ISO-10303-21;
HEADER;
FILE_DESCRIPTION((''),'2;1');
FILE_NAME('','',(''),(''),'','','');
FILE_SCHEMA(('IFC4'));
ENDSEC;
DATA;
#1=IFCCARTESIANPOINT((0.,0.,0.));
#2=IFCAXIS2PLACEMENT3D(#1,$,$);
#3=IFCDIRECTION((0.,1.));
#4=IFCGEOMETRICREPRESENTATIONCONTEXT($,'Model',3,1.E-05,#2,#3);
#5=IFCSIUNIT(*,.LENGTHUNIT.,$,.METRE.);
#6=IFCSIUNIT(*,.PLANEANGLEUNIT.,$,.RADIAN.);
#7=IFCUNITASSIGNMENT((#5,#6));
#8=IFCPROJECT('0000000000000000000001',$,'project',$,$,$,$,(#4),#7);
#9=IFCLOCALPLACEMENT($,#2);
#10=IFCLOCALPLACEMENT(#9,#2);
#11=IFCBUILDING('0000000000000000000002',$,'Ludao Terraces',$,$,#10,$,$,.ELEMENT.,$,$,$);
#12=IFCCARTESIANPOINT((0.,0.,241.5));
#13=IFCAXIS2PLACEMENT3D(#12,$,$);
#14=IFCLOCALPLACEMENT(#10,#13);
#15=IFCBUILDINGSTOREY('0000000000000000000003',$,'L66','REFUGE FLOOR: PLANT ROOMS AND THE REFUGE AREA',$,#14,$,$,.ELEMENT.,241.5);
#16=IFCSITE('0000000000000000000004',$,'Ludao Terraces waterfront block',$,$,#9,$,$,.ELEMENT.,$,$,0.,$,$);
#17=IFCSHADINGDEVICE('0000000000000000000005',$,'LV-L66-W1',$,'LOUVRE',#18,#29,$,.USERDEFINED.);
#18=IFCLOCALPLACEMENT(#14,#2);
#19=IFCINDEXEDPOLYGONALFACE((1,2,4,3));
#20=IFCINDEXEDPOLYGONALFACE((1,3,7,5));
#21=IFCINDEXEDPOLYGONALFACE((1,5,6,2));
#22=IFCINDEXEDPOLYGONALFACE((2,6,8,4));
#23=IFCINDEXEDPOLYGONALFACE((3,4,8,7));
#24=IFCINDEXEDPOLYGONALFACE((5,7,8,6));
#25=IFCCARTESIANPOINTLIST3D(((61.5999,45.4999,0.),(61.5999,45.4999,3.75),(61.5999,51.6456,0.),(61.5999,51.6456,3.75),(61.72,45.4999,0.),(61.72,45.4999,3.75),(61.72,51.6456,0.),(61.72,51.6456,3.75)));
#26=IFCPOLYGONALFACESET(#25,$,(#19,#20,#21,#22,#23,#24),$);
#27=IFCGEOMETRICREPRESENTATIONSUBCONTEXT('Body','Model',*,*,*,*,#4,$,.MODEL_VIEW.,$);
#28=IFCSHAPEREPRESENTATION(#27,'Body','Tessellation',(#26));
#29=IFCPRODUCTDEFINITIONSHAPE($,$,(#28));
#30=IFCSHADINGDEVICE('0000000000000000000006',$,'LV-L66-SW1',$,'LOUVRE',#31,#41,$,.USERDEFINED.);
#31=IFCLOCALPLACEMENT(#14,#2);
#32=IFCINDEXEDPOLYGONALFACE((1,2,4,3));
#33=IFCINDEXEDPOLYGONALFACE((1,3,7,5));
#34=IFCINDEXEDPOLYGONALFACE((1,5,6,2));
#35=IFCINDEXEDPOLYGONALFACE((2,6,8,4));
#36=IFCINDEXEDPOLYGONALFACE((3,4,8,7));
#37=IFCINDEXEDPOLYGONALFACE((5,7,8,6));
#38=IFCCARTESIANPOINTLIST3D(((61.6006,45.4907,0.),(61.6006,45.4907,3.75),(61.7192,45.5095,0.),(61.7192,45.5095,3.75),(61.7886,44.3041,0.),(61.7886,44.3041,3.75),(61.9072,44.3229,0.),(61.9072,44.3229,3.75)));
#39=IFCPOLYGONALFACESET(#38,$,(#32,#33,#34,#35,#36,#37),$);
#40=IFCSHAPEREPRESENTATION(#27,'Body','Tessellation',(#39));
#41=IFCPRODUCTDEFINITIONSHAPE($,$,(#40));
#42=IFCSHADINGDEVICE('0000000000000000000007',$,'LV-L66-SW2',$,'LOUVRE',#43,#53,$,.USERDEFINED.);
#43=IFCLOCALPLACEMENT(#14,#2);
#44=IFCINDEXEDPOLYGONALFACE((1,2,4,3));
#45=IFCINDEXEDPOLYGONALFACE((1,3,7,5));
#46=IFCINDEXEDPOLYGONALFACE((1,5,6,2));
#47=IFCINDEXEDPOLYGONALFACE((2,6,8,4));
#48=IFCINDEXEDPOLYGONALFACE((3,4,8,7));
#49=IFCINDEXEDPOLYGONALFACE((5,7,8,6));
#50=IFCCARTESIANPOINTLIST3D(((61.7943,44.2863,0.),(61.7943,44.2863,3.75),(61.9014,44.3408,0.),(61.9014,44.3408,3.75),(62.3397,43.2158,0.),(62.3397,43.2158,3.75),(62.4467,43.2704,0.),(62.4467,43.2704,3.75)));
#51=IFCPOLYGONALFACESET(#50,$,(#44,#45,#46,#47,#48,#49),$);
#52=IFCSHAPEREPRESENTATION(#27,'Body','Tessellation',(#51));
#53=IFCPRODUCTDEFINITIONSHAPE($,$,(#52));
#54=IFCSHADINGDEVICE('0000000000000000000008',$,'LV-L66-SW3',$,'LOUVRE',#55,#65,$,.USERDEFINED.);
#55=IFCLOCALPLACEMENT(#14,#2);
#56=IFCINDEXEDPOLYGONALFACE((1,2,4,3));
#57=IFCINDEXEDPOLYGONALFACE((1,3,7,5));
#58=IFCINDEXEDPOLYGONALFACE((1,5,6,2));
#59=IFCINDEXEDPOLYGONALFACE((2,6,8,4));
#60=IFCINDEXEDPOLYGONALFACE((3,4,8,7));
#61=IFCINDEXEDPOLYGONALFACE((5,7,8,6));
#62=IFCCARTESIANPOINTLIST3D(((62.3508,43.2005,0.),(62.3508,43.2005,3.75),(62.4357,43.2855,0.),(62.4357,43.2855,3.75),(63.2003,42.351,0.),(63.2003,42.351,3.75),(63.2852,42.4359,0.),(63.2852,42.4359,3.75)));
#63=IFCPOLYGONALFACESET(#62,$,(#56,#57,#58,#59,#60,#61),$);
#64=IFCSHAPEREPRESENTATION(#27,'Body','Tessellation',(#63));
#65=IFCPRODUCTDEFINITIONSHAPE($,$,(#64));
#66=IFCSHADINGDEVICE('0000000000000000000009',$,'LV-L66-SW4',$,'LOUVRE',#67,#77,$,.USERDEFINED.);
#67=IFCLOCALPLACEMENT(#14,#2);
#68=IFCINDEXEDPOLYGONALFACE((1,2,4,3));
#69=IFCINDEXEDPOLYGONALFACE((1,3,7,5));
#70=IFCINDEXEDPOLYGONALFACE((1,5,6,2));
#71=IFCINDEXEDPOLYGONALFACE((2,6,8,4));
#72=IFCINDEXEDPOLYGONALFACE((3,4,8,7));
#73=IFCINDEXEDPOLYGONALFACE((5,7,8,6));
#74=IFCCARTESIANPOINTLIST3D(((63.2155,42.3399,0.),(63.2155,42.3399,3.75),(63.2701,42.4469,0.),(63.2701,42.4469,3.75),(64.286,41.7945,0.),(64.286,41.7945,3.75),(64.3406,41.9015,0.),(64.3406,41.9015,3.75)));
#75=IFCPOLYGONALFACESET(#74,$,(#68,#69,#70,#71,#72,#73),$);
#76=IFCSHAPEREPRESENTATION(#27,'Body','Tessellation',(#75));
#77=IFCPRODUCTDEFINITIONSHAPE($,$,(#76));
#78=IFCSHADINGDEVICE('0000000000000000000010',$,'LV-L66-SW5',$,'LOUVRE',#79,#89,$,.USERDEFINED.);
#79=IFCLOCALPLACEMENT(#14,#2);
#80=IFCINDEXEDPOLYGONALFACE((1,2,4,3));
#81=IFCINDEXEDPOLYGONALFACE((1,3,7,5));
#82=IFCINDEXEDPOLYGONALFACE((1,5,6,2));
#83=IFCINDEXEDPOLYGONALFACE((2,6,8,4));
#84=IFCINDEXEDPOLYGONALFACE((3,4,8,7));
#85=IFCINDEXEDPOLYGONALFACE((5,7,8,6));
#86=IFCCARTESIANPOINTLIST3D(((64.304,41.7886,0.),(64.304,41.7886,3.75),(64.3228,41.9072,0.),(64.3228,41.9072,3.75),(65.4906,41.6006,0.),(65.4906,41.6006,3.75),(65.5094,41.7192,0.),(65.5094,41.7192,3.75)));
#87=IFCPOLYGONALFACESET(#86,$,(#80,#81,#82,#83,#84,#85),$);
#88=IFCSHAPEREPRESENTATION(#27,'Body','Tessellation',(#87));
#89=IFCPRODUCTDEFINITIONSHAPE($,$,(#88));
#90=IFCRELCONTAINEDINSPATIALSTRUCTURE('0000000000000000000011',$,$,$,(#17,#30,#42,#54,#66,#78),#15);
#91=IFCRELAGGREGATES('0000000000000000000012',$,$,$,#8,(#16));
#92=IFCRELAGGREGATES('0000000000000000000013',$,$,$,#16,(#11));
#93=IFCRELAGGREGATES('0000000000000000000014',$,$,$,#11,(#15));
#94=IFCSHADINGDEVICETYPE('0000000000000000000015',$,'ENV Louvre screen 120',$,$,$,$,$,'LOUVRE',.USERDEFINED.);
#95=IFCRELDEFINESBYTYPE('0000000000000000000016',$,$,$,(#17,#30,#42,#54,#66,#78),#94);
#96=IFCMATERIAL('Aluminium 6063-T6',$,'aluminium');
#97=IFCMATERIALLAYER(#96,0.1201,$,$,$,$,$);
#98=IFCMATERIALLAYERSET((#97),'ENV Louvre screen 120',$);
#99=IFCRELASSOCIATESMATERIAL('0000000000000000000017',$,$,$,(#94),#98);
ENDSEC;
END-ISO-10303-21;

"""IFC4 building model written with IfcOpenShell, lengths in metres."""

from ifc_helpers import new_model, si_unit, direction, frame, frame_2d, origin, place, context, subcontext, project, spatial, rectangle, extrude, material, layer, layer_set, type_object, element, save


model = new_model("IFC4")

# Units and contexts
model_context = context("Model", 3, precision=1e-05, world=origin(), true_north=direction((0.0, 1.0)))
body_context = subcontext(model_context, "Body", "Model", "MODEL_VIEW")
ifc_project = project(units=[si_unit("LENGTHUNIT", "METRE"), si_unit("PLANEANGLEUNIT", "RADIAN")], contexts=[model_context])

# Site, building, storey
site_placement = place(None, origin())
site = spatial("IfcSite", under=ifc_project, at=site_placement, Name="Ludao Terraces waterfront block", CompositionType="ELEMENT", RefElevation=0.0)
building_placement = place(site_placement, origin())
building = spatial("IfcBuilding", under=site, at=building_placement, Name="Ludao Terraces", CompositionType="ELEMENT")
storey_placement = place(building_placement, frame((0.0, 0.0, 241.5)))
storey = spatial("IfcBuildingStorey", under=building, at=storey_placement, Name="L66", Description="REFUGE FLOOR: PLANT ROOMS AND THE REFUGE AREA", CompositionType="ELEMENT", Elevation=241.5)

# Shading devices
ifc_material_1 = material(Name="Aluminium 6063-T6", Category="aluminium")
ifc_layer_1 = layer(ifc_material_1, 0.1201)
ifc_layer_set_1 = layer_set([ifc_layer_1], Name="ENV Louvre screen 120")
shading_device_type = type_object("IfcShadingDeviceType", Name="ENV Louvre screen 120", ElementType="LOUVRE", PredefinedType="USERDEFINED", material=ifc_layer_set_1)
shading_device_placement = place(storey_placement, frame((61.6599, 45.5, 0.0), z_axis=(0.0, 0.0, 1.0), x_axis=(0.0, 1.0, 0.0)))
element("IfcShadingDevice", 1, at=shading_device_placement, inside=storey, type_object=shading_device_type, Name="LV-L66-W1", ObjectType="LOUVRE", PredefinedType="USERDEFINED", context=body_context, shape_type="SweptSolid", body=[
    extrude(rectangle(XDim=6.1458, YDim=0.1201, at=frame_2d((3.0728, 0.0))), origin(), (0.0, 0.0, 1.0), 3.75),
])
for number, where, z_axis, x_axis, name in (
    (2, (61.6599, 45.5, 0.0), (0.0, 0.0, 1.0), (0.156484, -0.98768, 0.0), "LV-L66-SW1"),
    (3, (61.8479, 44.3135, 0.0), (0.0, 0.0, 1.0), (0.453947, -0.891029, 0.0), "LV-L66-SW2"),
    (4, (62.3933, 43.2429, 0.0), (0.0, 0.0, 1.0), (0.707107, -0.707107, 0.0), "LV-L66-SW3"),
    (5, (63.2429, 42.3933, 0.0), (0.0, 0.0, 1.0), (0.891029, -0.453947, 0.0), "LV-L66-SW4"),
    (6, (64.3135, 41.8479, 0.0), (0.0, 0.0, 1.0), (0.98768, -0.156484, 0.0), "LV-L66-SW5"),
):
    element("IfcShadingDevice", number, at=place(storey_placement, frame(where, z_axis=z_axis, x_axis=x_axis)), inside=storey, type_object=shading_device_type, Name=name, ObjectType="LOUVRE", PredefinedType="USERDEFINED", context=body_context, shape_type="SweptSolid", body=[
        extrude(rectangle(XDim=1.2014, YDim=0.1201, at=frame_2d((0.6006, 0.0))), origin(), (0.0, 0.0, 1.0), 3.75),
    ])

save(model, "model.ifc")
